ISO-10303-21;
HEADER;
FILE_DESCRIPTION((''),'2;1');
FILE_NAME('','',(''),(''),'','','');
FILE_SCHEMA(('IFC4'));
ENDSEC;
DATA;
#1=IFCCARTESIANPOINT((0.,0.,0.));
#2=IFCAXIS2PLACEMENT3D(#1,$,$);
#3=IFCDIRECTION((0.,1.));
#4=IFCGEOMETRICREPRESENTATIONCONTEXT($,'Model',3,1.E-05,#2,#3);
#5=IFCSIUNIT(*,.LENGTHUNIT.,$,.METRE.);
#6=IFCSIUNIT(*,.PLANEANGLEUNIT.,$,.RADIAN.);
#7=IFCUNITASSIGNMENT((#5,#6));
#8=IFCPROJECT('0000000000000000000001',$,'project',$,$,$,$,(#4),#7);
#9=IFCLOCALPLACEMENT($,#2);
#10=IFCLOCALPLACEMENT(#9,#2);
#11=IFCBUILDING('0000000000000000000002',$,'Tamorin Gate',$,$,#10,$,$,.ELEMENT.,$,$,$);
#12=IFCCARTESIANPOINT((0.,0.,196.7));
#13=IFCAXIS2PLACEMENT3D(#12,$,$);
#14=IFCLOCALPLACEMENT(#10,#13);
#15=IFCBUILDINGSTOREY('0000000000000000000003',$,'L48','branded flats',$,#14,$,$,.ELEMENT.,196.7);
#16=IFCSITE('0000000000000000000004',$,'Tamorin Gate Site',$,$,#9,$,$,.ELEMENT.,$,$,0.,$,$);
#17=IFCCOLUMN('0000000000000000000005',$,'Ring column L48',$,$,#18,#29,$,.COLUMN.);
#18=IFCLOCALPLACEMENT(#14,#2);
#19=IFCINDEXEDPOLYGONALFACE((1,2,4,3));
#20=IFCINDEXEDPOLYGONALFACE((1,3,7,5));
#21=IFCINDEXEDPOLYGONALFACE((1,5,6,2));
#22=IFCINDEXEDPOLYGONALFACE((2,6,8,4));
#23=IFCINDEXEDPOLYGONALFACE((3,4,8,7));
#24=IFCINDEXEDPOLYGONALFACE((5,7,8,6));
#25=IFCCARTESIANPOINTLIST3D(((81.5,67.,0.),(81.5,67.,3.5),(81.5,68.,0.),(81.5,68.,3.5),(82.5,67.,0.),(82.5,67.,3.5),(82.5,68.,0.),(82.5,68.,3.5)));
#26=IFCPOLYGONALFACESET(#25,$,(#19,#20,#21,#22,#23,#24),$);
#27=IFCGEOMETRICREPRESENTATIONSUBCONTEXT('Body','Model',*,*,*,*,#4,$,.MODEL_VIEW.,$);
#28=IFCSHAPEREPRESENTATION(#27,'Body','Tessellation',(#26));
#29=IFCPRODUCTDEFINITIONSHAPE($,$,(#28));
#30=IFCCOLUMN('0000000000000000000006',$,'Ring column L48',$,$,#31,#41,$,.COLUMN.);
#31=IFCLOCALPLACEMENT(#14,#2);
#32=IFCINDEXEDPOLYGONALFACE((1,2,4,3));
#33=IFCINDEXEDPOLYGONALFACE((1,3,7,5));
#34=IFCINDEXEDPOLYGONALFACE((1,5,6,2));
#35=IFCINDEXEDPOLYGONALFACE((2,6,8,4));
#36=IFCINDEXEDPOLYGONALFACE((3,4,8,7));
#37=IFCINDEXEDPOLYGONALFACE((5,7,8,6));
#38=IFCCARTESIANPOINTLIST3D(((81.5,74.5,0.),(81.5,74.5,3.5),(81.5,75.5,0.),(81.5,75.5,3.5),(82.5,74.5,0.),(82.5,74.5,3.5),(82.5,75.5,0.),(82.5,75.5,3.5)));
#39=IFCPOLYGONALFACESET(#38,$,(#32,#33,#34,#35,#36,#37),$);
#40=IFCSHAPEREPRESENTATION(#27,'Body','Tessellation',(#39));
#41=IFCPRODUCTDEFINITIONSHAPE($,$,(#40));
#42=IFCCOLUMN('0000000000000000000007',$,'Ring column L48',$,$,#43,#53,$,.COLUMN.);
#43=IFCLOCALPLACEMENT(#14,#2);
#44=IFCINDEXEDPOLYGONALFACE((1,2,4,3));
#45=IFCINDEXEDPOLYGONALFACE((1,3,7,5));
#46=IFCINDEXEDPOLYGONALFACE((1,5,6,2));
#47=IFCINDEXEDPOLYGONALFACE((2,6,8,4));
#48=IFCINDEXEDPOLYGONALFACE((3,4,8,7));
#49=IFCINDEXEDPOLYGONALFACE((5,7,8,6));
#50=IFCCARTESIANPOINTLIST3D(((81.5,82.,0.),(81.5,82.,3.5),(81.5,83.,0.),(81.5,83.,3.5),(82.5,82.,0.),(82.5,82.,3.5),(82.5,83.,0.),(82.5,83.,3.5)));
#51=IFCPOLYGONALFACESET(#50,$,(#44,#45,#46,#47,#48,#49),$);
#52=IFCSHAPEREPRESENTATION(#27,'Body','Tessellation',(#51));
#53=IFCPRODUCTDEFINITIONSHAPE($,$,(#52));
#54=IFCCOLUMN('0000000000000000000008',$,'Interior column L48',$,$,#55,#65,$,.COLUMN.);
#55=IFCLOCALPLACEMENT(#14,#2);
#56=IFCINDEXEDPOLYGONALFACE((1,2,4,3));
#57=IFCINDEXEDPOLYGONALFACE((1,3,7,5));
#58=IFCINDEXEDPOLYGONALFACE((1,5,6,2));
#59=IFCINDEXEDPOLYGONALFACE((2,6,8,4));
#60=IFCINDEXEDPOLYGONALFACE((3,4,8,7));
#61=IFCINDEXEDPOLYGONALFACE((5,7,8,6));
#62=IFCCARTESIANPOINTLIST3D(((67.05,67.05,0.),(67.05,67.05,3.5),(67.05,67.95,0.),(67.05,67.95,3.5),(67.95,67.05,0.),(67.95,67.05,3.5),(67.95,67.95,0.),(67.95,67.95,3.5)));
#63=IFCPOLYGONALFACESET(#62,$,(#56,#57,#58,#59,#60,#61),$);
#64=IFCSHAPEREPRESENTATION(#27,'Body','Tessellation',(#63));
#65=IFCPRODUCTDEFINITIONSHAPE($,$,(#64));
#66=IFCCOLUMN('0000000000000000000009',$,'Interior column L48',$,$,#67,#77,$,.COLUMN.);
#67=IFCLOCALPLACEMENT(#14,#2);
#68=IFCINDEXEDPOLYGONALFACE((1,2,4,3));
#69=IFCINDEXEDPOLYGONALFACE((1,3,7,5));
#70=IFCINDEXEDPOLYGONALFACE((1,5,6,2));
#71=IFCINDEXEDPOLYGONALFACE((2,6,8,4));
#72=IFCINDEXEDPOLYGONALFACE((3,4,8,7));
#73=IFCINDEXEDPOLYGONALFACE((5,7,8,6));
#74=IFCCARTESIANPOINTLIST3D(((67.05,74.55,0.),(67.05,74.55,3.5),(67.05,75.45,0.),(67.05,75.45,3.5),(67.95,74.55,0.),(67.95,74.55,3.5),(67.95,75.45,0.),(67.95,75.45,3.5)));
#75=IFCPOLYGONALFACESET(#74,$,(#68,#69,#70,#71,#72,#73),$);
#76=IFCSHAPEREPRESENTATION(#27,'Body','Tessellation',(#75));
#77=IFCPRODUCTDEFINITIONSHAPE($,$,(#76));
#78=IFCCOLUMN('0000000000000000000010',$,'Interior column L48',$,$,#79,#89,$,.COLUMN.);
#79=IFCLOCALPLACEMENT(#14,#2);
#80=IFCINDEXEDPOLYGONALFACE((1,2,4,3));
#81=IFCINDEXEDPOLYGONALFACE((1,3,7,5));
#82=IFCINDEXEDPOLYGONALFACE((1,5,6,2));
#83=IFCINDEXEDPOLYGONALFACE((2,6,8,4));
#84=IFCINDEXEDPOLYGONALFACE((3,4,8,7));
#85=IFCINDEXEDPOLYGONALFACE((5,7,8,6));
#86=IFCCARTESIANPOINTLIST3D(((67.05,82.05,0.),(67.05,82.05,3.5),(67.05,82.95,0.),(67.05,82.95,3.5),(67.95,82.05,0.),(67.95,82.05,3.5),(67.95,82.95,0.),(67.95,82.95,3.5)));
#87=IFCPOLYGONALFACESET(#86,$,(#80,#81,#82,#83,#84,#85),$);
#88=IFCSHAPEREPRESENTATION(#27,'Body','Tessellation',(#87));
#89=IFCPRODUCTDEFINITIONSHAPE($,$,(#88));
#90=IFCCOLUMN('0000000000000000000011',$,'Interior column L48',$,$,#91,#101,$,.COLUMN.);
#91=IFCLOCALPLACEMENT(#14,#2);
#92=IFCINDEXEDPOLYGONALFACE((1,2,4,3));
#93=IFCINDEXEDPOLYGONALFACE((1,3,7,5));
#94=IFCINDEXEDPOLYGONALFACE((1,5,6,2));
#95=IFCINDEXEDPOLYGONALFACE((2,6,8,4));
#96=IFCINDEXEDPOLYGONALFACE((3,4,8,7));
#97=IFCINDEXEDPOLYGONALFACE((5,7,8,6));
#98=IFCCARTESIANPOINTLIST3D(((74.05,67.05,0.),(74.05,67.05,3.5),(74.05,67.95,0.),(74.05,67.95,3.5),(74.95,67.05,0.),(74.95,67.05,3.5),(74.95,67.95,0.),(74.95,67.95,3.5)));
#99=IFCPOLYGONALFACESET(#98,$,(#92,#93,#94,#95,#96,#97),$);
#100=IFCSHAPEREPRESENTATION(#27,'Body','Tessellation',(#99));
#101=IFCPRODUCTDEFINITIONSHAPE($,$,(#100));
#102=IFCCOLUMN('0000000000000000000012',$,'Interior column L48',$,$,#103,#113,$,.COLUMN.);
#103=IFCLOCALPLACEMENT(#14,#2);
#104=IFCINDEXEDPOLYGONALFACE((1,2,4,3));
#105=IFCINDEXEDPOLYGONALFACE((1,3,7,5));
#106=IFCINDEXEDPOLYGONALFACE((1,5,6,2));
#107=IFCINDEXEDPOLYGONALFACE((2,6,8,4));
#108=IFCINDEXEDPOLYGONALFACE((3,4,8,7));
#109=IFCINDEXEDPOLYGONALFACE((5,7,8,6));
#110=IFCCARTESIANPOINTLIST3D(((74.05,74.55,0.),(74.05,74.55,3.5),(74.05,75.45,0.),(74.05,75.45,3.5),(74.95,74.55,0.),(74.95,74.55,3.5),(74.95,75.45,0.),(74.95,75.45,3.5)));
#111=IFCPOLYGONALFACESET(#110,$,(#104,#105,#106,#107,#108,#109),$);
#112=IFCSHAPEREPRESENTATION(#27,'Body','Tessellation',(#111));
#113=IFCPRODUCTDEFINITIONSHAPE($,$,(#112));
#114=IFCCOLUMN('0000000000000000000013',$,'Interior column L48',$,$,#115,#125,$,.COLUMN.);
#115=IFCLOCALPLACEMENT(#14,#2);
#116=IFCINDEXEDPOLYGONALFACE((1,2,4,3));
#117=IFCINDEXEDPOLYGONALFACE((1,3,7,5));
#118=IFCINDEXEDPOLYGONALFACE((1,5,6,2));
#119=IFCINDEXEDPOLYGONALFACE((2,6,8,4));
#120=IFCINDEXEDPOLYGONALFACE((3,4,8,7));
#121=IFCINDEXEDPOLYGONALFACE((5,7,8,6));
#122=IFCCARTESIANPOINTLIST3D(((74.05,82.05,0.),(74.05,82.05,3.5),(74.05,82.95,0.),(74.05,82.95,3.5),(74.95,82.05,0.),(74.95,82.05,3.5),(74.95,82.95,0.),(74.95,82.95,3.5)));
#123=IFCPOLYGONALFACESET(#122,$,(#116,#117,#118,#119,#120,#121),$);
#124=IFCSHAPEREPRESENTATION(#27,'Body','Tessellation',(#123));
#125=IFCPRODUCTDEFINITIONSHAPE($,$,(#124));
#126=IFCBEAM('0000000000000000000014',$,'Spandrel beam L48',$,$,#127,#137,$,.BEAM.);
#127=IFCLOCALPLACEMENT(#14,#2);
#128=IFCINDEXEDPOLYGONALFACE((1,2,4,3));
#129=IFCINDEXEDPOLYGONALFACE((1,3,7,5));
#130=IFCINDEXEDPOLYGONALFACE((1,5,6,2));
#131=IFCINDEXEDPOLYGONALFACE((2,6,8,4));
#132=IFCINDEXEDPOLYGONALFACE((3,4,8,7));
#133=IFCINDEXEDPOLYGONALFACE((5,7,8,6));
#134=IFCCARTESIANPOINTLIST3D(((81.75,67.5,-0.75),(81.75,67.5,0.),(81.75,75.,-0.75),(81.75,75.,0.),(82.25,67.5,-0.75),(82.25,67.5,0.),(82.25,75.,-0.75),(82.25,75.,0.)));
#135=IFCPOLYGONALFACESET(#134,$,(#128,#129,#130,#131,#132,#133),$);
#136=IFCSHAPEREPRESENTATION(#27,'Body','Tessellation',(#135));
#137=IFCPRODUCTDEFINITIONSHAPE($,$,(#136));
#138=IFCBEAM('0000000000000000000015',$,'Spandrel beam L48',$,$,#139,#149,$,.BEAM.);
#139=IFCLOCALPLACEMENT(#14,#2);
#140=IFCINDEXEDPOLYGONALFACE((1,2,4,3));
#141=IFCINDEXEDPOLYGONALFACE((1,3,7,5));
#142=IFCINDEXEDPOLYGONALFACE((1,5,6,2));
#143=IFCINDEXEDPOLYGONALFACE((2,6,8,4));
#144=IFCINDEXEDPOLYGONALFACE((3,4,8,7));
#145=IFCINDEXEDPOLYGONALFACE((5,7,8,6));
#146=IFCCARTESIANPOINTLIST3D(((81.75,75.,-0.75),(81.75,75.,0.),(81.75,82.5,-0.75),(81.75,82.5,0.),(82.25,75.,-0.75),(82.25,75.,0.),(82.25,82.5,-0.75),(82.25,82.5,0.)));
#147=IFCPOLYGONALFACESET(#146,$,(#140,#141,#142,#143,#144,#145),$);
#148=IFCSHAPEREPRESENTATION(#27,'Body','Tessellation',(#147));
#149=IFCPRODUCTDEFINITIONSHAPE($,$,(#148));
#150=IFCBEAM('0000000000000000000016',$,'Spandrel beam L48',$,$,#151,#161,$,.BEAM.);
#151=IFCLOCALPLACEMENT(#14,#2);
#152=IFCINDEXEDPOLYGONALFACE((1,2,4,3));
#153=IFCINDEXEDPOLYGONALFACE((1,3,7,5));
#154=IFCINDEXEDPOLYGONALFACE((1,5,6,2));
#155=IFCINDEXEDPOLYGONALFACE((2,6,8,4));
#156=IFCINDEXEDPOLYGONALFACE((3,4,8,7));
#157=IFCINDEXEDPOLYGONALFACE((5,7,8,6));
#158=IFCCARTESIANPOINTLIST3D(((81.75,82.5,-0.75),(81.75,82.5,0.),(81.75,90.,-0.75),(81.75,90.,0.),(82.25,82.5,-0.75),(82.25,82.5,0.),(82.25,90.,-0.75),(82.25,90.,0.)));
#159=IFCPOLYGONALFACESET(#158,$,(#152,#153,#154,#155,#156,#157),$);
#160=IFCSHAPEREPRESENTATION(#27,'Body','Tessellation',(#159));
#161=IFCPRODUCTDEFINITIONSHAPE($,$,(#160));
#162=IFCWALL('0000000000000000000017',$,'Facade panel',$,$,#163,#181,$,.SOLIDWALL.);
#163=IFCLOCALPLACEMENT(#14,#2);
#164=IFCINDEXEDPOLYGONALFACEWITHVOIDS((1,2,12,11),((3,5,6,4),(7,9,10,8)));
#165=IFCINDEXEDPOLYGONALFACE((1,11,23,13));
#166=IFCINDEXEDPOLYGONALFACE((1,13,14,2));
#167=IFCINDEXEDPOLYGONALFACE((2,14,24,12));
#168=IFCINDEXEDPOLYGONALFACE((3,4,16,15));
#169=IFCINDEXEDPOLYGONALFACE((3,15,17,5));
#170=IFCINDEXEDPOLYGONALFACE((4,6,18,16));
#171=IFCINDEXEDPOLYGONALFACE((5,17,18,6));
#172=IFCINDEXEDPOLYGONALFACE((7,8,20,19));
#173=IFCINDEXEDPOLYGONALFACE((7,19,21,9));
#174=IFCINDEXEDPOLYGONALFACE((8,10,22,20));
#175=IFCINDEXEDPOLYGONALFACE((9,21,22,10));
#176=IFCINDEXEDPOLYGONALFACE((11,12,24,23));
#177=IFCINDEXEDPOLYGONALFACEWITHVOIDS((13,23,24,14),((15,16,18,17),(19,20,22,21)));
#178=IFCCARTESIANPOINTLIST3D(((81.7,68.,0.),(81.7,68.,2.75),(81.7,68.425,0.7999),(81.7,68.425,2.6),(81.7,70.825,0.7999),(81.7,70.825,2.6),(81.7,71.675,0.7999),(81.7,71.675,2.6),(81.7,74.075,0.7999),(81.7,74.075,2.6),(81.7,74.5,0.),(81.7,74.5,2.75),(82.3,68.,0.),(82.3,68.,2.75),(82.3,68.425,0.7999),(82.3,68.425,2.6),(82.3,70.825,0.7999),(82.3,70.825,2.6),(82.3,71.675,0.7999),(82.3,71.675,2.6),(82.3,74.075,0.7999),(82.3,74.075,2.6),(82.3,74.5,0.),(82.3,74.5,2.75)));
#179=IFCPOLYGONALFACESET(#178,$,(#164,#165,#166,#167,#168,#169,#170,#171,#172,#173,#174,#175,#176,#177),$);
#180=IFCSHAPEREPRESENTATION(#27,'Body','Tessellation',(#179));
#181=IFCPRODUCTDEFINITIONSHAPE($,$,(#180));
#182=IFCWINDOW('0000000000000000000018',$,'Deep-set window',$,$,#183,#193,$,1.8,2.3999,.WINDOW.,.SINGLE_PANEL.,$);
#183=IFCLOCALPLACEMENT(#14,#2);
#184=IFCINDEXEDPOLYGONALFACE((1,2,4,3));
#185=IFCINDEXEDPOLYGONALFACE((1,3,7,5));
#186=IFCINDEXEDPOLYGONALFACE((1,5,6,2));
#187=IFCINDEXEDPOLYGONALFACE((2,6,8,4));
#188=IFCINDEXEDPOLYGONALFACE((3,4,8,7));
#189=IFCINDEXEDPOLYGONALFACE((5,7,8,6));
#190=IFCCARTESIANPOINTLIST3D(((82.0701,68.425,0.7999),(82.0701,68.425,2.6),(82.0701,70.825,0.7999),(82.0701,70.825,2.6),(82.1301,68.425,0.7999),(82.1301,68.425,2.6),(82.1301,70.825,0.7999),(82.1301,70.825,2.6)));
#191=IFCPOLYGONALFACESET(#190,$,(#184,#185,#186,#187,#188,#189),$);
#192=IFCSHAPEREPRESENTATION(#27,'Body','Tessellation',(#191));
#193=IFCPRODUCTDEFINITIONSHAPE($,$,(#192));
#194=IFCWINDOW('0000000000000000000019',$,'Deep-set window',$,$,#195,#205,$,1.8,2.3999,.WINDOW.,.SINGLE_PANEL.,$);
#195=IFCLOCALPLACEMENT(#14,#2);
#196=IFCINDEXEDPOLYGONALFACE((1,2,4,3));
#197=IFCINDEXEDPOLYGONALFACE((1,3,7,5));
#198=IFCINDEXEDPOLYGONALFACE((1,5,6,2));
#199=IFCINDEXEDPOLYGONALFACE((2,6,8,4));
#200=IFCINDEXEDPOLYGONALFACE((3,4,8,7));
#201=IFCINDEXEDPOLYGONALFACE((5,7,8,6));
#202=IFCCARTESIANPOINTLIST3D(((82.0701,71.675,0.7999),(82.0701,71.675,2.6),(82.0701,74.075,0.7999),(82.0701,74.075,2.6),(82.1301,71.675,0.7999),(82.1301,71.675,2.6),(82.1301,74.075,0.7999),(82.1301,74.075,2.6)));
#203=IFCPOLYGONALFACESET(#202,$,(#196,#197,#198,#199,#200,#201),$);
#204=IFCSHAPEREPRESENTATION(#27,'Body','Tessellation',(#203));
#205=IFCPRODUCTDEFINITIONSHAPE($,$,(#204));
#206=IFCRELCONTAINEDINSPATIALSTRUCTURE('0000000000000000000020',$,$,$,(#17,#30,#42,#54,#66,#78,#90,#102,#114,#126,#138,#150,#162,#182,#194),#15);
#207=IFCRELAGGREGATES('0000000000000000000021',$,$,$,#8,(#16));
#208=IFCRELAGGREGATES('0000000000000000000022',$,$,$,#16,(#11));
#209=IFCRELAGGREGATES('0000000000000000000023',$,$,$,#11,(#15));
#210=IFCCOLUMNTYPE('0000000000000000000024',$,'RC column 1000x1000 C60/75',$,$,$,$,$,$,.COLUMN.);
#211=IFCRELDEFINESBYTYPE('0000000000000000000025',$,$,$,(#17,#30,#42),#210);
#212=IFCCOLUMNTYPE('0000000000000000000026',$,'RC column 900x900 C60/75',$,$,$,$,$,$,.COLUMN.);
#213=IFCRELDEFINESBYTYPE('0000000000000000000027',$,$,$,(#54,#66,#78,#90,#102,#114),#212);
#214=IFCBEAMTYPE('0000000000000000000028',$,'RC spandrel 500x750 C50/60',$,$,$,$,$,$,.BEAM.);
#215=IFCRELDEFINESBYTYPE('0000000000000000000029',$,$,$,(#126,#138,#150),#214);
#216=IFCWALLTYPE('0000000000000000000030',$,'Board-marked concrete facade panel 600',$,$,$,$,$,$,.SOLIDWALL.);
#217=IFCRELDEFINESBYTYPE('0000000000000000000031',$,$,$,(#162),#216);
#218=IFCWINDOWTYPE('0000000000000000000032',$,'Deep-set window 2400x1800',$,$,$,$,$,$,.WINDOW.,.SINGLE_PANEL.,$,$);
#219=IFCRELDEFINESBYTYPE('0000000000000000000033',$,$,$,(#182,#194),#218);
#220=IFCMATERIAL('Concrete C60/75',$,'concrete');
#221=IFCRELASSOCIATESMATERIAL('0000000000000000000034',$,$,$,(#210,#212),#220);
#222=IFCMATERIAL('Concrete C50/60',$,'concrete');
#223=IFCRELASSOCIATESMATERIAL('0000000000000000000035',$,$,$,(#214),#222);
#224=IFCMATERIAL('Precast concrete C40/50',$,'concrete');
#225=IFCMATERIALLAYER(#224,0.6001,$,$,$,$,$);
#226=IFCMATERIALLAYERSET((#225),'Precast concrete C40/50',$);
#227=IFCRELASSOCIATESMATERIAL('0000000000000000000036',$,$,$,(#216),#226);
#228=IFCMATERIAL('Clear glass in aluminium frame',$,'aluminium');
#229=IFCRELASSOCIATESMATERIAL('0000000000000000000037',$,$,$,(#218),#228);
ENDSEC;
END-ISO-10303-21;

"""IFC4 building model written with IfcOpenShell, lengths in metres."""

from ifc_helpers import new_model, si_unit, direction, frame, frame_2d, origin, origin_2d, place, context, subcontext, project, spatial, rectangle, extrude, material, layer, layer_set, material_profile, profile_set, type_object, element, fill, save


model = new_model("IFC4")

# Units and contexts
model_context = context("Model", 3, precision=1e-05, world=origin(), true_north=direction((0.0, 1.0)))
body_context = subcontext(model_context, "Body", "Model", "MODEL_VIEW")
ifc_project = project(units=[si_unit("LENGTHUNIT", "METRE"), si_unit("PLANEANGLEUNIT", "RADIAN")], contexts=[model_context])

# Site, building, storey
site_placement = place(None, origin())
site = spatial("IfcSite", under=ifc_project, at=site_placement, Name="Tamorin Gate Site", CompositionType="ELEMENT", RefElevation=0.0)
building_placement = place(site_placement, origin())
building = spatial("IfcBuilding", under=site, at=building_placement, Name="Tamorin Gate", CompositionType="ELEMENT")
storey_placement = place(building_placement, frame((0.0, 0.0, 196.7)))
storey = spatial("IfcBuildingStorey", under=building, at=storey_placement, Name="L48", Description="branded flats", CompositionType="ELEMENT", Elevation=196.7)

# Columns
ifc_material_1 = material(Name="Concrete C60/75", Category="concrete")
ifc_material_profile_1 = material_profile(ifc_material_1, rectangle(XDim=1.0, YDim=1.0, at=origin_2d()), Name="RC 1000x1000")
ifc_profile_set_1 = profile_set([ifc_material_profile_1], Name="Concrete C60/75")
column_type_1 = type_object("IfcColumnType", Name="RC column 1000x1000 C60/75", PredefinedType="COLUMN", material=ifc_profile_set_1)
for number, where, z_axis, x_axis, name in (
    (1, (82.0, 67.5, 0.0), (0.0, 0.0, 1.0), (1.0, 0.0, 0.0), "Ring column L48"),
    (2, (82.0, 75.0, 0.0), (0.0, 0.0, 1.0), (1.0, 0.0, 0.0), "Ring column L48"),
    (3, (82.0, 82.5, 0.0), (0.0, 0.0, 1.0), (1.0, 0.0, 0.0), "Ring column L48"),
):
    element("IfcColumn", number, at=place(storey_placement, frame(where, z_axis=z_axis, x_axis=x_axis)), inside=storey, type_object=column_type_1, Name=name, PredefinedType="COLUMN", context=body_context, shape_type="SweptSolid", body=[
        extrude(rectangle(XDim=1.0, YDim=1.0, at=origin_2d()), origin(), (0.0, 0.0, 1.0), 3.5),
    ])
ifc_material_profile_2 = material_profile(ifc_material_1, rectangle(XDim=0.8999, YDim=0.8999, at=origin_2d()), Name="RC 900x900")
ifc_profile_set_2 = profile_set([ifc_material_profile_2], Name="Concrete C60/75")
column_type_2 = type_object("IfcColumnType", Name="RC column 900x900 C60/75", PredefinedType="COLUMN", material=ifc_profile_set_2)
for number, where, z_axis, x_axis, name in (
    (4, (67.5, 67.5, 0.0), (0.0, 0.0, 1.0), (1.0, 0.0, 0.0), "Interior column L48"),
    (5, (67.5, 75.0, 0.0), (0.0, 0.0, 1.0), (1.0, 0.0, 0.0), "Interior column L48"),
    (6, (67.5, 82.5, 0.0), (0.0, 0.0, 1.0), (1.0, 0.0, 0.0), "Interior column L48"),
    (7, (74.5, 67.5, 0.0), (0.0, 0.0, 1.0), (1.0, 0.0, 0.0), "Interior column L48"),
    (8, (74.5, 75.0, 0.0), (0.0, 0.0, 1.0), (1.0, 0.0, 0.0), "Interior column L48"),
    (9, (74.5, 82.5, 0.0), (0.0, 0.0, 1.0), (1.0, 0.0, 0.0), "Interior column L48"),
):
    element("IfcColumn", number, at=place(storey_placement, frame(where, z_axis=z_axis, x_axis=x_axis)), inside=storey, type_object=column_type_2, Name=name, PredefinedType="COLUMN", context=body_context, shape_type="SweptSolid", body=[
        extrude(rectangle(XDim=0.8999, YDim=0.8999, at=origin_2d()), origin(), (0.0, 0.0, 1.0), 3.5),
    ])

# Beams
ifc_material_2 = material(Name="Concrete C50/60", Category="concrete")
ifc_material_profile_3 = material_profile(ifc_material_2, rectangle(XDim=0.5, YDim=0.75, at=origin_2d()), Name="RC 500x750")
ifc_profile_set_3 = profile_set([ifc_material_profile_3], Name="Concrete C50/60")
beam_type = type_object("IfcBeamType", Name="RC spandrel 500x750 C50/60", PredefinedType="BEAM", material=ifc_profile_set_3)
for number, where, z_axis, x_axis, name in (
    (10, (82.0, 67.5, -0.375), (0.0, 1.0, 0.0), (-1.0, 0.0, 0.0), "Spandrel beam L48"),
    (11, (82.0, 75.0, -0.375), (0.0, 1.0, 0.0), (-1.0, 0.0, 0.0), "Spandrel beam L48"),
    (12, (82.0, 82.5, -0.375), (0.0, 1.0, 0.0), (-1.0, 0.0, 0.0), "Spandrel beam L48"),
):
    element("IfcBeam", number, at=place(storey_placement, frame(where, z_axis=z_axis, x_axis=x_axis)), inside=storey, type_object=beam_type, Name=name, PredefinedType="BEAM", context=body_context, shape_type="SweptSolid", body=[
        extrude(rectangle(XDim=0.5, YDim=0.75, at=origin_2d()), origin(), (0.0, 0.0, 1.0), 7.5),
    ])

# Wall, openings, windows
ifc_material_3 = material(Name="Precast concrete C40/50", Category="concrete")
ifc_layer_1 = layer(ifc_material_3, 0.6001)
ifc_layer_set_1 = layer_set([ifc_layer_1], Name="Precast concrete C40/50")
wall_type_1 = type_object("IfcWallType", Name="Board-marked concrete facade panel 600", PredefinedType="SOLIDWALL", material=ifc_layer_set_1)
wall_1_placement = place(storey_placement, frame((82.0, 68.0, 0.0), z_axis=(0.0, 0.0, 1.0), x_axis=(0.0, 1.0, 0.0)))
wall_1 = element("IfcWall", 13, at=wall_1_placement, inside=storey, type_object=wall_type_1, Name="Facade panel", PredefinedType="SOLIDWALL", context=body_context, shape_type="SweptSolid", body=[
    extrude(rectangle(XDim=6.5, YDim=0.6001, at=frame_2d((3.25, 0.0))), origin(), (0.0, 0.0, 1.0), 2.75),
])
opening_1_placement = place(wall_1_placement, frame((0.425, 0.0, 0.8)))
opening_1 = element("IfcOpeningElement", 14, at=opening_1_placement, cuts=wall_1, PredefinedType="OPENING", context=body_context, shape_type="SweptSolid", body=[
    extrude(rectangle(XDim=2.3999, YDim=1.8, at=frame_2d((1.2, 0.8999))), frame((0.0, 0.3101, 0.0), z_axis=(0.0, -1.0, 0.0), x_axis=(1.0, 0.0, 0.0)), (0.0, 0.0, 1.0), 0.6201),
])
opening_2_placement = place(wall_1_placement, frame((3.675, 0.0, 0.8)))
opening_2 = element("IfcOpeningElement", 15, at=opening_2_placement, cuts=wall_1, PredefinedType="OPENING", context=body_context, shape_type="SweptSolid", body=[
    extrude(rectangle(XDim=2.3999, YDim=1.8, at=frame_2d((1.2, 0.8999))), frame((0.0, 0.3101, 0.0), z_axis=(0.0, -1.0, 0.0), x_axis=(1.0, 0.0, 0.0)), (0.0, 0.0, 1.0), 0.6201),
])
ifc_material_4 = material(Name="Clear glass in aluminium frame", Category="aluminium")
window_type = type_object("IfcWindowType", Name="Deep-set window 2400x1800", PartitioningType="SINGLE_PANEL", PredefinedType="WINDOW", material=ifc_material_4)
window_1_placement = place(opening_1_placement, origin())
window_1 = element("IfcWindow", 16, at=window_1_placement, inside=storey, type_object=window_type, Name="Deep-set window", OverallHeight=1.8, OverallWidth=2.3999, PartitioningType="SINGLE_PANEL", PredefinedType="WINDOW", context=body_context, shape_type="SweptSolid", body=[
    extrude(rectangle(XDim=2.3999, YDim=1.8, at=frame_2d((1.2, 0.8999))), frame((0.0, -0.0701, 0.0), z_axis=(0.0, -1.0, 0.0), x_axis=(1.0, 0.0, 0.0)), (0.0, 0.0, 1.0), 0.0601),
])
fill(opening_1, window_1)
window_2_placement = place(opening_2_placement, origin())
window_2 = element("IfcWindow", 17, at=window_2_placement, inside=storey, type_object=window_type, Name="Deep-set window", OverallHeight=1.8, OverallWidth=2.3999, PartitioningType="SINGLE_PANEL", PredefinedType="WINDOW", context=body_context, shape_type="SweptSolid", body=[
    extrude(rectangle(XDim=2.3999, YDim=1.8, at=frame_2d((1.2, 0.8999))), frame((0.0, -0.0701, 0.0), z_axis=(0.0, -1.0, 0.0), x_axis=(1.0, 0.0, 0.0)), (0.0, 0.0, 1.0), 0.0601),
])
fill(opening_2, window_2)

save(model, "model.ifc")
